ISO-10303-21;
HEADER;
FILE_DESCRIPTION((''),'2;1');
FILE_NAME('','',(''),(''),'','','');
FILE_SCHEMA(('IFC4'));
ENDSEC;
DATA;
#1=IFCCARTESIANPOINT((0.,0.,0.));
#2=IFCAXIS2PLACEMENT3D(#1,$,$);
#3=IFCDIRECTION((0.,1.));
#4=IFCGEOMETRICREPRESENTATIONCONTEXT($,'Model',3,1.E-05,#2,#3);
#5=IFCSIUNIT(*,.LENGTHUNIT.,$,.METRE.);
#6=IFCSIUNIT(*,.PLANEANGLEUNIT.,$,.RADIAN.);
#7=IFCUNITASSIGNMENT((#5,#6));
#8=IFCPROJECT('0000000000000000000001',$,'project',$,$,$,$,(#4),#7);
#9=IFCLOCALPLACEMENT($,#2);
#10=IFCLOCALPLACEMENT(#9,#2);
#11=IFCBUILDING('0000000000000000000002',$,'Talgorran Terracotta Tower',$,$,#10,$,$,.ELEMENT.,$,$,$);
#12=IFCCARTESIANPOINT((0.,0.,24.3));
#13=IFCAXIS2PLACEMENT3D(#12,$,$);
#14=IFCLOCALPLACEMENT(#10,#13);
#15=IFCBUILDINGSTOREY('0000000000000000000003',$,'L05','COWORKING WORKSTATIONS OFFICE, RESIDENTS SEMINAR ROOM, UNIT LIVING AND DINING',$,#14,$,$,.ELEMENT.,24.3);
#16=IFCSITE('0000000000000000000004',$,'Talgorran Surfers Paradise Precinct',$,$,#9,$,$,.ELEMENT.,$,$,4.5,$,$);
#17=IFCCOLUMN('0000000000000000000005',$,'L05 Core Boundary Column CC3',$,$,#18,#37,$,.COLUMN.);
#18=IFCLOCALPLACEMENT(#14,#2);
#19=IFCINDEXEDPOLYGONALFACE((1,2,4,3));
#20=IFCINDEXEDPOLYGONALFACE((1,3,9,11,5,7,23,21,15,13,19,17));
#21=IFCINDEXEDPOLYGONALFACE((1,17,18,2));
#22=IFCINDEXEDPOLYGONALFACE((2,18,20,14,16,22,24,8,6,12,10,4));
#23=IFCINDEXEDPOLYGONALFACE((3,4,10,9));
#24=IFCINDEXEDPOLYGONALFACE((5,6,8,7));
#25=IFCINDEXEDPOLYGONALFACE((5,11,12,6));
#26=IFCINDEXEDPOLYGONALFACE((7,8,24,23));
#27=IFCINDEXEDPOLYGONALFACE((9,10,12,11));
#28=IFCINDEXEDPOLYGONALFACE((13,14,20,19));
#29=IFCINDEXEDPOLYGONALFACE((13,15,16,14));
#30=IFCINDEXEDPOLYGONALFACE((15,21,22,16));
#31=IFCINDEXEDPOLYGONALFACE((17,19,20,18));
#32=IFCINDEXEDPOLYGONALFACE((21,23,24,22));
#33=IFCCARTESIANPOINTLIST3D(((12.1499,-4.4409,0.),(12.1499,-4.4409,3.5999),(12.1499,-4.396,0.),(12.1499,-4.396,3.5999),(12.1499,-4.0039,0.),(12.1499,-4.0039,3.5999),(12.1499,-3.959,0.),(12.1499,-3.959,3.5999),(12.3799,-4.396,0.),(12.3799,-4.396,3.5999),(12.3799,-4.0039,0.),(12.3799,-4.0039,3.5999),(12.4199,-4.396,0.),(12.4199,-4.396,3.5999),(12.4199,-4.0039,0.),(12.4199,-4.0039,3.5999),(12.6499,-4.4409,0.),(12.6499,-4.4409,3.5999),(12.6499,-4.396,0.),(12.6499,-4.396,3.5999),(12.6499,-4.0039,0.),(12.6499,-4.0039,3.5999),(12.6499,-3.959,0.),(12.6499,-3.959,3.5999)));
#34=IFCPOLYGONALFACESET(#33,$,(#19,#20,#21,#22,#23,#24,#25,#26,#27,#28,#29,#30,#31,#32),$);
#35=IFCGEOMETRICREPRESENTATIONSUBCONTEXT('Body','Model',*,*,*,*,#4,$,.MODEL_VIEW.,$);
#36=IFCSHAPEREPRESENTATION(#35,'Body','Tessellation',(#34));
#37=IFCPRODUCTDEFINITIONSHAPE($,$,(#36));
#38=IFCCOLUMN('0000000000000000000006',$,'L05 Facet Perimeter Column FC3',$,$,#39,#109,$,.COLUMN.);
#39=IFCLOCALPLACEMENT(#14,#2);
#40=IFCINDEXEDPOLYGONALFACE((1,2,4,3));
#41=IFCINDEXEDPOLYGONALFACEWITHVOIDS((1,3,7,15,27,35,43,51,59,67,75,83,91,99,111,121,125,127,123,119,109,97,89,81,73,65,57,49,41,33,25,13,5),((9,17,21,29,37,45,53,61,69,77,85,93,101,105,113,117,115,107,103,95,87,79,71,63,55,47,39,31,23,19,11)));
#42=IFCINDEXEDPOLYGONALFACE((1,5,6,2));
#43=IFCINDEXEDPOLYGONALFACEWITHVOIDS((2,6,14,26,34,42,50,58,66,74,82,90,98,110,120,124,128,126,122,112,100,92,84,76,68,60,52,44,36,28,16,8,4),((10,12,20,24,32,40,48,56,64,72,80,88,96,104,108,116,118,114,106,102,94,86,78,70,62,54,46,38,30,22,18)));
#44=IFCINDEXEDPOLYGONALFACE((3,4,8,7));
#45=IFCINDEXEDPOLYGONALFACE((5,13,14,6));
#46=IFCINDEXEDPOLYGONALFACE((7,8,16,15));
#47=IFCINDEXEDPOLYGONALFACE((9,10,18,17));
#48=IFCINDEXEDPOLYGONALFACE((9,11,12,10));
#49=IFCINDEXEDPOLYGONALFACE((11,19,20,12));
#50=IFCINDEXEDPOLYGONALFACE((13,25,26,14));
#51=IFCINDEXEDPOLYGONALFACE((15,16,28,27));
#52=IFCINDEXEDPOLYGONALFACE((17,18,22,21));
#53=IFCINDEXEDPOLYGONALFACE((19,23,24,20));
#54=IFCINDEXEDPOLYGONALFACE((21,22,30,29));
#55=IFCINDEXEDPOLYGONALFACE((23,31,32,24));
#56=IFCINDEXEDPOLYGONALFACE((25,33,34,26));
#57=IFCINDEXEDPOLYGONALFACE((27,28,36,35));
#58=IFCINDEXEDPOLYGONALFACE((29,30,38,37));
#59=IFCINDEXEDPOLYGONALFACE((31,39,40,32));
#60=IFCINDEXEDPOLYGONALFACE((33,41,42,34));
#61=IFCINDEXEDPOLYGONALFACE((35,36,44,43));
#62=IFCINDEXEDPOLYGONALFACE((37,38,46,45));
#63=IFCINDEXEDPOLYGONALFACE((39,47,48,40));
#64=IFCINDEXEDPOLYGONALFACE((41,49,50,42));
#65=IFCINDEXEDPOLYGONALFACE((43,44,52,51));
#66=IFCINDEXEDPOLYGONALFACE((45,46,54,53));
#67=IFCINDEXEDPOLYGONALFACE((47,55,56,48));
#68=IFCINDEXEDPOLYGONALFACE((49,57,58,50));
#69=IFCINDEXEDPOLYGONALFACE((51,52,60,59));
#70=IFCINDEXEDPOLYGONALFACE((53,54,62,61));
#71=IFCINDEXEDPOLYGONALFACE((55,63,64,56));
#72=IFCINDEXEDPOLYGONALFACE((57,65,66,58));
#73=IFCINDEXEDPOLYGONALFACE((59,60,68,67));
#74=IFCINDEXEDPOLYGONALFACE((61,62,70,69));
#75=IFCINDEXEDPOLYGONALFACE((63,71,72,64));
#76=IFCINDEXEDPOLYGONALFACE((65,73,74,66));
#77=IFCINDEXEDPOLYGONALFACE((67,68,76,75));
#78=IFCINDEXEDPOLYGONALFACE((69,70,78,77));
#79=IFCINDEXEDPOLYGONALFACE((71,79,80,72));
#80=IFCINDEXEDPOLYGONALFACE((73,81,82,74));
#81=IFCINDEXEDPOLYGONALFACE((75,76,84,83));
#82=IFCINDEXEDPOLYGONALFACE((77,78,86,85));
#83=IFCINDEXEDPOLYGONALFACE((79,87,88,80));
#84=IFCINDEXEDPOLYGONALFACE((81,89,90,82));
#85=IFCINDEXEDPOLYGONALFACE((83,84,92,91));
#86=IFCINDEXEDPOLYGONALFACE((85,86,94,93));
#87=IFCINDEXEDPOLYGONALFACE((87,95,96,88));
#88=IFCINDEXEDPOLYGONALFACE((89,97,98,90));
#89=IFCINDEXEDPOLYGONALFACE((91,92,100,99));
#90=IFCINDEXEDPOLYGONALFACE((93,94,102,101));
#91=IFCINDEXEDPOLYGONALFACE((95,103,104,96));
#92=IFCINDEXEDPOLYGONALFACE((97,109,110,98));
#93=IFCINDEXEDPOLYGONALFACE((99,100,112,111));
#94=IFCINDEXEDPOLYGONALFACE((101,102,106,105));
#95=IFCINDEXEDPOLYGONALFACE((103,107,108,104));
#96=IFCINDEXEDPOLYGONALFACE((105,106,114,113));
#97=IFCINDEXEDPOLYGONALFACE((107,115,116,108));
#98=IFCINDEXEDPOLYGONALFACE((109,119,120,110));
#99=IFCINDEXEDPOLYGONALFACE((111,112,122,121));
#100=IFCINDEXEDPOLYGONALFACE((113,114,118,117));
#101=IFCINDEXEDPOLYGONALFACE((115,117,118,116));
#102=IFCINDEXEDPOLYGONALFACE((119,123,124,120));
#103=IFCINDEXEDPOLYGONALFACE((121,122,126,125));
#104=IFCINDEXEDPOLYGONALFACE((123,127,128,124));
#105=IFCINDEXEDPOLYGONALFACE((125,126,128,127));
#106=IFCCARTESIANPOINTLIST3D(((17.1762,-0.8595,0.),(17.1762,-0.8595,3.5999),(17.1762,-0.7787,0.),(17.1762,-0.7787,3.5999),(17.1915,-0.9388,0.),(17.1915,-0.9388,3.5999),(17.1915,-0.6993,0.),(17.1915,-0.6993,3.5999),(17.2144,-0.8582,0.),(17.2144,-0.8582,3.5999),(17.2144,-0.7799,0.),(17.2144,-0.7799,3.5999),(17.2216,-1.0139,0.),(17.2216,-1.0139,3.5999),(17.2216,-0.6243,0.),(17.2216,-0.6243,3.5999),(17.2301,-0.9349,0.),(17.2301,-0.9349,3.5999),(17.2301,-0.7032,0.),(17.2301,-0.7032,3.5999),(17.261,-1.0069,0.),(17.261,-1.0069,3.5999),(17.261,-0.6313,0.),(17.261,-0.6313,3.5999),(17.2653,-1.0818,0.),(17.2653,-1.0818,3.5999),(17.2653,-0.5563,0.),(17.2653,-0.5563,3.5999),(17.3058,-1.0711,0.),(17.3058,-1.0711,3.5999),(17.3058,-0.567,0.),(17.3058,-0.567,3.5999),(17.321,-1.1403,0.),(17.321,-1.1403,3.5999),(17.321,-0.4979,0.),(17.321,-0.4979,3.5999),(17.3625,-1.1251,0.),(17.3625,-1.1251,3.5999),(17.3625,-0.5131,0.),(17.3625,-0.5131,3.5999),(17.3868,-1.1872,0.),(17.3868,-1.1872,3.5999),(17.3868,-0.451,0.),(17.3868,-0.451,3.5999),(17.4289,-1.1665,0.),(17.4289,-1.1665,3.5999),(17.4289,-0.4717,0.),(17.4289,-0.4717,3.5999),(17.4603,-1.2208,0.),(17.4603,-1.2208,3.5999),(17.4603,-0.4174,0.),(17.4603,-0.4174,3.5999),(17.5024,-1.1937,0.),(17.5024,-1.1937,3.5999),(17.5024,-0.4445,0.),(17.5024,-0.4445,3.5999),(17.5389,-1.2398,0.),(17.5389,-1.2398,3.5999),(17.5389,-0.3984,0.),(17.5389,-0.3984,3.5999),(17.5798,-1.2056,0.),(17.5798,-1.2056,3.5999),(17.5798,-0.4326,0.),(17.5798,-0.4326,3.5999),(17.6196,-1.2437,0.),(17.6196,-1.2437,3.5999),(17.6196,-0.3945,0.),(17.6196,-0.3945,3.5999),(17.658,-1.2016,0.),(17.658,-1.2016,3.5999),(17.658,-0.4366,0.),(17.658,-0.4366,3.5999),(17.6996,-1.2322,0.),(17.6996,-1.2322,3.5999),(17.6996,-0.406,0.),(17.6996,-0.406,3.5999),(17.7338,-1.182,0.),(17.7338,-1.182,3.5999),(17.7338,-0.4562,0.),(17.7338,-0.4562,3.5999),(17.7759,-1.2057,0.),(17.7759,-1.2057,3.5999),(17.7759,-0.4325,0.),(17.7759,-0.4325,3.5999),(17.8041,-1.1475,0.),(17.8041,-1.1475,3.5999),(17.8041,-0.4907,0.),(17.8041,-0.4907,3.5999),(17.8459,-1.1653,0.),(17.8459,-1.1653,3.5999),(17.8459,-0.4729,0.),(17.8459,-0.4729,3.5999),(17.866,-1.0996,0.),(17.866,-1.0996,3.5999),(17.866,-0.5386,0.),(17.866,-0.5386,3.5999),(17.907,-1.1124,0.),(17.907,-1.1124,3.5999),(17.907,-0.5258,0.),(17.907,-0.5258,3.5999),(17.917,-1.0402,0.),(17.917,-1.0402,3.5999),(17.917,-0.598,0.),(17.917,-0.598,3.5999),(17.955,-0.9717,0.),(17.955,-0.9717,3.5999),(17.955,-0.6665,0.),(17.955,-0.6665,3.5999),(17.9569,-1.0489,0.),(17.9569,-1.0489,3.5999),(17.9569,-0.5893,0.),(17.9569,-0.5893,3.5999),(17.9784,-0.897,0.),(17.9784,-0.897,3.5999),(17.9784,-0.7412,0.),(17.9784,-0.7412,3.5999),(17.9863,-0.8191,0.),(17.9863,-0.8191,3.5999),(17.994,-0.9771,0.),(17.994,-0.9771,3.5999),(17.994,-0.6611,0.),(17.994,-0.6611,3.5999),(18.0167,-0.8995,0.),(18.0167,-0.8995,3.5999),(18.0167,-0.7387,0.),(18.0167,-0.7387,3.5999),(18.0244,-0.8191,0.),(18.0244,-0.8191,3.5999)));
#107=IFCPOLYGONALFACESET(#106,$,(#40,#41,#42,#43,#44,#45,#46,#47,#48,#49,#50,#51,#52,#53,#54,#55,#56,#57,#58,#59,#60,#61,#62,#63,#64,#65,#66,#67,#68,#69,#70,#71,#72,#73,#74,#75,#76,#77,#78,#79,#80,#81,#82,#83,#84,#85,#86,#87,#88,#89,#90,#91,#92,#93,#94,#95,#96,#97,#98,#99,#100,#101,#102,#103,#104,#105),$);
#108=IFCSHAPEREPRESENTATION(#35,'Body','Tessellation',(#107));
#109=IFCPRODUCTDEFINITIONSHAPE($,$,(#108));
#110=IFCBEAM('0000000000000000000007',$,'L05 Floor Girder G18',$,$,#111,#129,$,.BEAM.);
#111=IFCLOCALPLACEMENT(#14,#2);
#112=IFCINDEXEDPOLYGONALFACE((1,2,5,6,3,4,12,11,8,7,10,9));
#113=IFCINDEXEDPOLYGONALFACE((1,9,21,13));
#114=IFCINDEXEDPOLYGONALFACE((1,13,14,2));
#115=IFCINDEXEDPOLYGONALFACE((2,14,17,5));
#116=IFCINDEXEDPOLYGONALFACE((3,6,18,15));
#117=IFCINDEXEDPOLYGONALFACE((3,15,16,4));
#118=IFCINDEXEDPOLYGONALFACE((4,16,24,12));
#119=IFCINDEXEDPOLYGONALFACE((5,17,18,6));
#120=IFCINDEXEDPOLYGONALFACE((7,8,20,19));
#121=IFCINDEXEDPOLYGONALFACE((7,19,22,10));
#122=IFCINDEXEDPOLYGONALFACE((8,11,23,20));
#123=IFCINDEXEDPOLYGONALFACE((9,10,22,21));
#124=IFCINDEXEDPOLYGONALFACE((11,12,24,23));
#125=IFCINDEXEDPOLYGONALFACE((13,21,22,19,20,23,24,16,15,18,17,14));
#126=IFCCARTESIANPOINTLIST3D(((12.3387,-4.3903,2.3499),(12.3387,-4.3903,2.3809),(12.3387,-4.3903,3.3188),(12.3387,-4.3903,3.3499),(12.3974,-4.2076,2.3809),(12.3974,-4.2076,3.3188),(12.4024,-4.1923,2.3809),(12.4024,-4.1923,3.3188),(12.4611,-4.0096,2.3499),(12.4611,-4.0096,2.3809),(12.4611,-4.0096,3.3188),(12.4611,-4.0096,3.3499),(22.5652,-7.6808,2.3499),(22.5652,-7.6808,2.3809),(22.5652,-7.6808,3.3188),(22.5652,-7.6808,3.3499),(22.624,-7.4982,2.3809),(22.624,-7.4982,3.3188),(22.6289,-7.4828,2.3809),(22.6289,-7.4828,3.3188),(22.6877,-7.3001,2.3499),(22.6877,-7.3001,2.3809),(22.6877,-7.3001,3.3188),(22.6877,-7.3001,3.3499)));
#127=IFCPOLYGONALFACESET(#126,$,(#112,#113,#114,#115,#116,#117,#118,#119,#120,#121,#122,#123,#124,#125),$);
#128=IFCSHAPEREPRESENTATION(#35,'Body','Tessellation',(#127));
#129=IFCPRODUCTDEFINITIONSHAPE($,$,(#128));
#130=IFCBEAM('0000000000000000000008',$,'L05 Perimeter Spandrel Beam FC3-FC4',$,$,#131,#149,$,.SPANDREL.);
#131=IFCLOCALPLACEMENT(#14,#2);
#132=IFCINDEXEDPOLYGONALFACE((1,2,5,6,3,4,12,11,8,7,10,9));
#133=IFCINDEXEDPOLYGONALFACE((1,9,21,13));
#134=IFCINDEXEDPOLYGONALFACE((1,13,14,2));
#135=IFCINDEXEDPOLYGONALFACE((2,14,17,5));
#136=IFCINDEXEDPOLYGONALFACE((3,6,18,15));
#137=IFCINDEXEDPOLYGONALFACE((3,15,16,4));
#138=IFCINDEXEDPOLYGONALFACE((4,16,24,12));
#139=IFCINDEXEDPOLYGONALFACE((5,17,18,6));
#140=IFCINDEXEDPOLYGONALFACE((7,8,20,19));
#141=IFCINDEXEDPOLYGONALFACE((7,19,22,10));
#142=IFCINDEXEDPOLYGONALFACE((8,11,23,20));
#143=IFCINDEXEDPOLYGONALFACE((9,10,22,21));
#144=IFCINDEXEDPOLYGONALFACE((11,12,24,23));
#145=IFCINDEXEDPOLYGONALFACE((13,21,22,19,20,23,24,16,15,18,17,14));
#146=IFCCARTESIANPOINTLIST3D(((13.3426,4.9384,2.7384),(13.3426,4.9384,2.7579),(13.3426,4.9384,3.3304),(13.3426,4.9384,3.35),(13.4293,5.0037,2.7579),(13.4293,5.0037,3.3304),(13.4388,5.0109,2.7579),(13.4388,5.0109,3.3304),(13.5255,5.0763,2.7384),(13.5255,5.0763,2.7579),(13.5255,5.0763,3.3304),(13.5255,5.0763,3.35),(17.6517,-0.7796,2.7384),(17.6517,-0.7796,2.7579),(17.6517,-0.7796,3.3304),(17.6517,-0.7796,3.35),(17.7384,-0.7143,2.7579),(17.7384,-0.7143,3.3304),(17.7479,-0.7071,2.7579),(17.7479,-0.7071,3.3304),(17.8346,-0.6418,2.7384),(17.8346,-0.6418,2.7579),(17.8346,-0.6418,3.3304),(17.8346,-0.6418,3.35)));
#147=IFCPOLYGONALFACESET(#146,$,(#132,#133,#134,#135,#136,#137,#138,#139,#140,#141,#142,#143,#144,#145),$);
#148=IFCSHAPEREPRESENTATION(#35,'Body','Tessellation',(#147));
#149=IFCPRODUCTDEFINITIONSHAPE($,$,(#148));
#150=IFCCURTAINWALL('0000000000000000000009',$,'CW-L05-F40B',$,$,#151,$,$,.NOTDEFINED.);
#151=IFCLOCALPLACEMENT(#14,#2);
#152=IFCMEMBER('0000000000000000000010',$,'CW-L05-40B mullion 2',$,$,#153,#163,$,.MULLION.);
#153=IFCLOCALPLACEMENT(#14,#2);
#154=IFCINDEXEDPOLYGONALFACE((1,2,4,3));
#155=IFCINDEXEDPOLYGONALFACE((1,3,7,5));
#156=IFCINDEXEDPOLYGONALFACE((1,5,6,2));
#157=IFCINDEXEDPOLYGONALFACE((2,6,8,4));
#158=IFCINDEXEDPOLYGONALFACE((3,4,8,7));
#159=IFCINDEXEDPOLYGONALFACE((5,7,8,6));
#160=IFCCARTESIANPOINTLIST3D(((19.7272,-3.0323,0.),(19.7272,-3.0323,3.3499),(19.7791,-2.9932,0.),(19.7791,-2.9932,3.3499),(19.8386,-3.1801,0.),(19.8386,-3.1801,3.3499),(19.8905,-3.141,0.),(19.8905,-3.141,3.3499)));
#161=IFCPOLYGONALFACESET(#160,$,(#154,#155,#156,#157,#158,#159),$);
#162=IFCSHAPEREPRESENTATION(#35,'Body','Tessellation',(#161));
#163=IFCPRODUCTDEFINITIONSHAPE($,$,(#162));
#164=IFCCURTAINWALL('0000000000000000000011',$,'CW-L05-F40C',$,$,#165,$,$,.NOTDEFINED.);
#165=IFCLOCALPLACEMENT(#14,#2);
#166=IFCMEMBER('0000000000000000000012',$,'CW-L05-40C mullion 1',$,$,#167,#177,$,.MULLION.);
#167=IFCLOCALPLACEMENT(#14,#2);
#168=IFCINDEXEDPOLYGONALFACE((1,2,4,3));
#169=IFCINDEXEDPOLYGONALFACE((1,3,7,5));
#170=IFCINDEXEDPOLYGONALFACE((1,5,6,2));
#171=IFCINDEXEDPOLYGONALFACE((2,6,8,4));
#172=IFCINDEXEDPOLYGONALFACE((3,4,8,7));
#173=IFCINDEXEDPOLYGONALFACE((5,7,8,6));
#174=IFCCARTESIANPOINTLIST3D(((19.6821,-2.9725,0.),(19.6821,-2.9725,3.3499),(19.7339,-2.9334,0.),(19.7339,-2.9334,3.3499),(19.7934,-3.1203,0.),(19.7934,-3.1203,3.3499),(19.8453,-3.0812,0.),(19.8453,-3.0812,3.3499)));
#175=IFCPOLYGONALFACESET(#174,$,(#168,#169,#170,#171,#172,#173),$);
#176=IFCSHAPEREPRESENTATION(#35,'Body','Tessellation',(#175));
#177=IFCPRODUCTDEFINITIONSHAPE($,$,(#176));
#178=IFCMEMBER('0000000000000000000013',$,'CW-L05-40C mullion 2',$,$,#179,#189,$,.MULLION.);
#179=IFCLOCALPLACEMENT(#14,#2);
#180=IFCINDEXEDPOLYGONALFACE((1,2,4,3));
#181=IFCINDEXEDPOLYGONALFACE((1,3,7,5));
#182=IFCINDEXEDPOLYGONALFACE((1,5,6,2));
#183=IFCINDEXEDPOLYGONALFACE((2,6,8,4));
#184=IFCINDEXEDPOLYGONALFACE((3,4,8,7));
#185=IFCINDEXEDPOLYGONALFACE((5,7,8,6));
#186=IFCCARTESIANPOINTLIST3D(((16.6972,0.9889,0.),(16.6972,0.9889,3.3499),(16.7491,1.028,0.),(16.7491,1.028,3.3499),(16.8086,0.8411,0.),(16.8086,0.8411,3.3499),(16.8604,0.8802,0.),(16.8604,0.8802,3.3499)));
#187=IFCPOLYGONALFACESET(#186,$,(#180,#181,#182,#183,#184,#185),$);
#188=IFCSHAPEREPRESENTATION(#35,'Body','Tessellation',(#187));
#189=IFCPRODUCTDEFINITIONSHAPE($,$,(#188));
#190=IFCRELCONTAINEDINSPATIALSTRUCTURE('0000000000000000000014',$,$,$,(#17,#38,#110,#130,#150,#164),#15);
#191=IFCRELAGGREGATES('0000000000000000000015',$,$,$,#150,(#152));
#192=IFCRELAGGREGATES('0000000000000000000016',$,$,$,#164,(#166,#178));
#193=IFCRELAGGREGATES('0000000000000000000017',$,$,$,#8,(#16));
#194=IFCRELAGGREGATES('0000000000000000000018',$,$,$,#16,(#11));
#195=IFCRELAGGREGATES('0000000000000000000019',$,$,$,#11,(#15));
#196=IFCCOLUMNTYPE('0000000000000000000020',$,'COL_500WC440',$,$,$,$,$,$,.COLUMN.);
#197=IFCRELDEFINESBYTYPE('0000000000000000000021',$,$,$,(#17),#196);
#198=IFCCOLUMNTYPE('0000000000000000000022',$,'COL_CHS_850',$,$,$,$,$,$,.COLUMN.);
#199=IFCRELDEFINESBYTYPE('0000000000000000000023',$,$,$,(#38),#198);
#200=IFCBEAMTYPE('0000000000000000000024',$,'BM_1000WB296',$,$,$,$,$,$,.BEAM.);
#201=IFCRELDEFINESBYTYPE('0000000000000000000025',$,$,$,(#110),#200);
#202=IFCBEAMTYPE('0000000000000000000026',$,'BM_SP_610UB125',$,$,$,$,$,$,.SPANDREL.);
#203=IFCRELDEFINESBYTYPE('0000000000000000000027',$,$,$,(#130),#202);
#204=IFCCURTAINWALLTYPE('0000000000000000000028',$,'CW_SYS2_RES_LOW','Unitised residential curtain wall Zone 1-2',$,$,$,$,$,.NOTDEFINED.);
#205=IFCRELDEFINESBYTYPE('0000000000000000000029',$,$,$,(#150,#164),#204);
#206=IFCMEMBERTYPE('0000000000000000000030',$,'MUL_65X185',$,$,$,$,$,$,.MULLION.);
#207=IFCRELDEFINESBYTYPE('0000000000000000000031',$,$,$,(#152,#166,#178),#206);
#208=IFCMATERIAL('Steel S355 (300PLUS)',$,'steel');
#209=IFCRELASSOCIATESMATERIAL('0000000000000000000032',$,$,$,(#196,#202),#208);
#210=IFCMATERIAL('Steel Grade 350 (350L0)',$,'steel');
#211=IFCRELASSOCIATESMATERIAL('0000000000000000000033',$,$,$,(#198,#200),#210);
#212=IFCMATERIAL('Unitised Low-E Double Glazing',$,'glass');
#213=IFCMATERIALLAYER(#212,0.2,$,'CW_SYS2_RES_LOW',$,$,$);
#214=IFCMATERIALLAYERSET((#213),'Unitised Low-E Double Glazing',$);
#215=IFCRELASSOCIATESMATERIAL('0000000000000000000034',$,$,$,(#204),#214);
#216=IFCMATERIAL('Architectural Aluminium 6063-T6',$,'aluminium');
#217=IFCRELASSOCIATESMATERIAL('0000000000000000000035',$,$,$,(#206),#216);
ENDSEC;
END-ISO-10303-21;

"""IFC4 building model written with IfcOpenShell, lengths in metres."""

from ifc_helpers import new_model, si_unit, direction, frame, origin, origin_2d, place, context, subcontext, project, spatial, rectangle, hollow_circle, i_section, extrude, material, layer, layer_set, material_profile, profile_set, type_object, element, aggregate, save


model = new_model("IFC4")

# Units and contexts
model_context = context("Model", 3, precision=1e-05, world=origin(), true_north=direction((0.0, 1.0)))
body_context = subcontext(model_context, "Body", "Model", "MODEL_VIEW")
ifc_project = project(units=[si_unit("LENGTHUNIT", "METRE"), si_unit("PLANEANGLEUNIT", "RADIAN")], contexts=[model_context])

# Site, building, storey
site_placement = place(None, origin())
site = spatial("IfcSite", under=ifc_project, at=site_placement, Name="Talgorran Surfers Paradise Precinct", CompositionType="ELEMENT", RefElevation=4.5)
building_placement = place(site_placement, origin())
building = spatial("IfcBuilding", under=site, at=building_placement, Name="Talgorran Terracotta Tower", CompositionType="ELEMENT")
storey_placement = place(building_placement, frame((0.0, 0.0, 24.3)))
storey = spatial("IfcBuildingStorey", under=building, at=storey_placement, Name="L05", Description="COWORKING WORKSTATIONS OFFICE, RESIDENTS SEMINAR ROOM, UNIT LIVING AND DINING", CompositionType="ELEMENT", Elevation=24.3)

# Columns
ifc_material_1 = material(Name="Steel S355 (300PLUS)", Category="steel")
ifc_material_profile_1 = material_profile(ifc_material_1, i_section(OverallWidth=0.5, OverallDepth=0.4819, WebThickness=0.04, FlangeThickness=0.0449, at=origin_2d()), Name="500WC440")
ifc_profile_set_1 = profile_set([ifc_material_profile_1], Name="Steel S355 (300PLUS)")
column_type_1 = type_object("IfcColumnType", Name="COL_500WC440", PredefinedType="COLUMN", material=ifc_profile_set_1)
column_1_placement = place(storey_placement, frame((12.3999, -4.2, 0.0), z_axis=(0.0, 0.0, 1.0), x_axis=(1.0, 0.0, 0.0)))
element("IfcColumn", 1, at=column_1_placement, inside=storey, type_object=column_type_1, Name="L05 Core Boundary Column CC3", PredefinedType="COLUMN", context=body_context, shape_type="SweptSolid", body=[
    extrude(i_section(OverallWidth=0.5, OverallDepth=0.4819, WebThickness=0.04, FlangeThickness=0.0449, at=origin_2d()), origin(), (0.0, 0.0, 1.0), 3.5999),
])
ifc_material_2 = material(Name="Steel Grade 350 (350L0)", Category="steel")
ifc_material_profile_2 = material_profile(ifc_material_2, hollow_circle(Radius=0.425, WallThickness=0.0381, at=origin_2d()), Name="CHS850X38")
ifc_profile_set_2 = profile_set([ifc_material_profile_2], Name="Steel Grade 350 (350L0)")
column_type_2 = type_object("IfcColumnType", Name="COL_CHS_850", PredefinedType="COLUMN", material=ifc_profile_set_2)
column_2_placement = place(storey_placement, frame((17.5994, -0.8191, 0.0), z_axis=(0.0, 0.0, 1.0), x_axis=(1.0, 0.0, 0.0)))
element("IfcColumn", 2, at=column_2_placement, inside=storey, type_object=column_type_2, Name="L05 Facet Perimeter Column FC3", PredefinedType="COLUMN", context=body_context, shape_type="SweptSolid", body=[
    extrude(hollow_circle(Radius=0.425, WallThickness=0.0381, at=origin_2d()), origin(), (0.0, 0.0, 1.0), 3.5999),
])

# Beams
ifc_material_profile_3 = material_profile(ifc_material_2, i_section(OverallWidth=0.3999, OverallDepth=1.0, WebThickness=0.0161, FlangeThickness=0.031, at=origin_2d()), Name="1000WB296")
ifc_profile_set_3 = profile_set([ifc_material_profile_3], Name="Steel Grade 350 (350L0)")
beam_type_1 = type_object("IfcBeamType", Name="BM_1000WB296", PredefinedType="BEAM", material=ifc_profile_set_3)
beam_1_placement = place(storey_placement, frame((12.3999, -4.2, 2.8499), z_axis=(0.951936, -0.306298, 0.0), x_axis=(0.306298, 0.951936, 0.0)))
element("IfcBeam", 3, at=beam_1_placement, inside=storey, type_object=beam_type_1, Name="L05 Floor Girder G18", PredefinedType="BEAM", context=body_context, shape_type="SweptSolid", body=[
    extrude(i_section(OverallWidth=0.3999, OverallDepth=1.0, WebThickness=0.0161, FlangeThickness=0.031, at=origin_2d()), origin(), (0.0, 0.0, 1.0), 10.7429),
])
ifc_material_profile_4 = material_profile(ifc_material_1, i_section(OverallWidth=0.229, OverallDepth=0.6116, WebThickness=0.012, FlangeThickness=0.0195, at=origin_2d()), Name="610UB125")
ifc_profile_set_4 = profile_set([ifc_material_profile_4], Name="Steel S355 (300PLUS)")
beam_type_2 = type_object("IfcBeamType", Name="BM_SP_610UB125", PredefinedType="SPANDREL", material=ifc_profile_set_4)
beam_2_placement = place(storey_placement, frame((17.7432, -0.7107, 3.0442), z_axis=(-0.601837, 0.798619, 0.0), x_axis=(-0.798619, -0.601837, 0.0)))
element("IfcBeam", 4, at=beam_2_placement, inside=storey, type_object=beam_type_2, Name="L05 Perimeter Spandrel Beam FC3-FC4", PredefinedType="SPANDREL", context=body_context, shape_type="SweptSolid", body=[
    extrude(i_section(OverallWidth=0.229, OverallDepth=0.6116, WebThickness=0.012, FlangeThickness=0.0195, at=origin_2d()), origin(), (0.0, 0.0, 1.0), 7.1599),
])

# Curtain wall, member
ifc_material_3 = material(Name="Unitised Low-E Double Glazing", Category="glass")
ifc_layer_1 = layer(ifc_material_3, 0.2, Name="CW_SYS2_RES_LOW")
ifc_layer_set_1 = layer_set([ifc_layer_1], Name="Unitised Low-E Double Glazing")
curtain_wall_type = type_object("IfcCurtainWallType", Name="CW_SYS2_RES_LOW", Description="Unitised residential curtain wall Zone 1-2", PredefinedType="NOTDEFINED", material=ifc_layer_set_1)
curtain_wall_1_placement = place(storey_placement, origin())
curtain_wall_1 = element("IfcCurtainWall", 5, at=curtain_wall_1_placement, inside=storey, type_object=curtain_wall_type, Name="CW-L05-F40B", PredefinedType="NOTDEFINED")
ifc_material_4 = material(Name="Architectural Aluminium 6063-T6", Category="aluminium")
ifc_material_profile_5 = material_profile(ifc_material_4, rectangle(XDim=0.0649, YDim=0.1851, at=origin_2d()), Name="CWM65X185")
ifc_profile_set_5 = profile_set([ifc_material_profile_5], Name="Architectural Aluminium 6063-T6")
member_type_1 = type_object("IfcMemberType", Name="MUL_65X185", PredefinedType="MULLION", material=ifc_profile_set_5)
member_1_placement = place(storey_placement, frame((19.8088, -3.0867, 0.0), z_axis=(0.0, 0.0, 1.0), x_axis=(-0.798636, -0.601814, 0.0)))
member_1 = element("IfcMember", 6, at=member_1_placement, type_object=member_type_1, Name="CW-L05-40B mullion 2", PredefinedType="MULLION", context=body_context, shape_type="SweptSolid", body=[
    extrude(rectangle(XDim=0.0649, YDim=0.1851, at=origin_2d()), origin(), (0.0, 0.0, 1.0), 3.3499),
])
aggregate(curtain_wall_1, [member_1])

# Curtain wall, members
curtain_wall_2_placement = place(storey_placement, origin())
curtain_wall_2 = element("IfcCurtainWall", 7, at=curtain_wall_2_placement, inside=storey, type_object=curtain_wall_type, Name="CW-L05-F40C", PredefinedType="NOTDEFINED")
member_2_placement = place(storey_placement, frame((19.7637, -3.0269, 0.0), z_axis=(0.0, 0.0, 1.0), x_axis=(-0.798649, -0.601797, 0.0)))
member_2 = element("IfcMember", 8, at=member_2_placement, type_object=member_type_1, Name="CW-L05-40C mullion 1", PredefinedType="MULLION", context=body_context, shape_type="SweptSolid", body=[
    extrude(rectangle(XDim=0.0649, YDim=0.1851, at=origin_2d()), origin(), (0.0, 0.0, 1.0), 3.3499),
])
member_3_placement = place(storey_placement, frame((16.7788, 0.9346, 0.0), z_axis=(0.0, 0.0, 1.0), x_axis=(-0.798649, -0.601797, 0.0)))
member_3 = element("IfcMember", 9, at=member_3_placement, type_object=member_type_1, Name="CW-L05-40C mullion 2", PredefinedType="MULLION", context=body_context, shape_type="SweptSolid", body=[
    extrude(rectangle(XDim=0.0649, YDim=0.1851, at=origin_2d()), origin(), (0.0, 0.0, 1.0), 3.3499),
])

aggregate(curtain_wall_2, [member_2, member_3])

save(model, "model.ifc")
